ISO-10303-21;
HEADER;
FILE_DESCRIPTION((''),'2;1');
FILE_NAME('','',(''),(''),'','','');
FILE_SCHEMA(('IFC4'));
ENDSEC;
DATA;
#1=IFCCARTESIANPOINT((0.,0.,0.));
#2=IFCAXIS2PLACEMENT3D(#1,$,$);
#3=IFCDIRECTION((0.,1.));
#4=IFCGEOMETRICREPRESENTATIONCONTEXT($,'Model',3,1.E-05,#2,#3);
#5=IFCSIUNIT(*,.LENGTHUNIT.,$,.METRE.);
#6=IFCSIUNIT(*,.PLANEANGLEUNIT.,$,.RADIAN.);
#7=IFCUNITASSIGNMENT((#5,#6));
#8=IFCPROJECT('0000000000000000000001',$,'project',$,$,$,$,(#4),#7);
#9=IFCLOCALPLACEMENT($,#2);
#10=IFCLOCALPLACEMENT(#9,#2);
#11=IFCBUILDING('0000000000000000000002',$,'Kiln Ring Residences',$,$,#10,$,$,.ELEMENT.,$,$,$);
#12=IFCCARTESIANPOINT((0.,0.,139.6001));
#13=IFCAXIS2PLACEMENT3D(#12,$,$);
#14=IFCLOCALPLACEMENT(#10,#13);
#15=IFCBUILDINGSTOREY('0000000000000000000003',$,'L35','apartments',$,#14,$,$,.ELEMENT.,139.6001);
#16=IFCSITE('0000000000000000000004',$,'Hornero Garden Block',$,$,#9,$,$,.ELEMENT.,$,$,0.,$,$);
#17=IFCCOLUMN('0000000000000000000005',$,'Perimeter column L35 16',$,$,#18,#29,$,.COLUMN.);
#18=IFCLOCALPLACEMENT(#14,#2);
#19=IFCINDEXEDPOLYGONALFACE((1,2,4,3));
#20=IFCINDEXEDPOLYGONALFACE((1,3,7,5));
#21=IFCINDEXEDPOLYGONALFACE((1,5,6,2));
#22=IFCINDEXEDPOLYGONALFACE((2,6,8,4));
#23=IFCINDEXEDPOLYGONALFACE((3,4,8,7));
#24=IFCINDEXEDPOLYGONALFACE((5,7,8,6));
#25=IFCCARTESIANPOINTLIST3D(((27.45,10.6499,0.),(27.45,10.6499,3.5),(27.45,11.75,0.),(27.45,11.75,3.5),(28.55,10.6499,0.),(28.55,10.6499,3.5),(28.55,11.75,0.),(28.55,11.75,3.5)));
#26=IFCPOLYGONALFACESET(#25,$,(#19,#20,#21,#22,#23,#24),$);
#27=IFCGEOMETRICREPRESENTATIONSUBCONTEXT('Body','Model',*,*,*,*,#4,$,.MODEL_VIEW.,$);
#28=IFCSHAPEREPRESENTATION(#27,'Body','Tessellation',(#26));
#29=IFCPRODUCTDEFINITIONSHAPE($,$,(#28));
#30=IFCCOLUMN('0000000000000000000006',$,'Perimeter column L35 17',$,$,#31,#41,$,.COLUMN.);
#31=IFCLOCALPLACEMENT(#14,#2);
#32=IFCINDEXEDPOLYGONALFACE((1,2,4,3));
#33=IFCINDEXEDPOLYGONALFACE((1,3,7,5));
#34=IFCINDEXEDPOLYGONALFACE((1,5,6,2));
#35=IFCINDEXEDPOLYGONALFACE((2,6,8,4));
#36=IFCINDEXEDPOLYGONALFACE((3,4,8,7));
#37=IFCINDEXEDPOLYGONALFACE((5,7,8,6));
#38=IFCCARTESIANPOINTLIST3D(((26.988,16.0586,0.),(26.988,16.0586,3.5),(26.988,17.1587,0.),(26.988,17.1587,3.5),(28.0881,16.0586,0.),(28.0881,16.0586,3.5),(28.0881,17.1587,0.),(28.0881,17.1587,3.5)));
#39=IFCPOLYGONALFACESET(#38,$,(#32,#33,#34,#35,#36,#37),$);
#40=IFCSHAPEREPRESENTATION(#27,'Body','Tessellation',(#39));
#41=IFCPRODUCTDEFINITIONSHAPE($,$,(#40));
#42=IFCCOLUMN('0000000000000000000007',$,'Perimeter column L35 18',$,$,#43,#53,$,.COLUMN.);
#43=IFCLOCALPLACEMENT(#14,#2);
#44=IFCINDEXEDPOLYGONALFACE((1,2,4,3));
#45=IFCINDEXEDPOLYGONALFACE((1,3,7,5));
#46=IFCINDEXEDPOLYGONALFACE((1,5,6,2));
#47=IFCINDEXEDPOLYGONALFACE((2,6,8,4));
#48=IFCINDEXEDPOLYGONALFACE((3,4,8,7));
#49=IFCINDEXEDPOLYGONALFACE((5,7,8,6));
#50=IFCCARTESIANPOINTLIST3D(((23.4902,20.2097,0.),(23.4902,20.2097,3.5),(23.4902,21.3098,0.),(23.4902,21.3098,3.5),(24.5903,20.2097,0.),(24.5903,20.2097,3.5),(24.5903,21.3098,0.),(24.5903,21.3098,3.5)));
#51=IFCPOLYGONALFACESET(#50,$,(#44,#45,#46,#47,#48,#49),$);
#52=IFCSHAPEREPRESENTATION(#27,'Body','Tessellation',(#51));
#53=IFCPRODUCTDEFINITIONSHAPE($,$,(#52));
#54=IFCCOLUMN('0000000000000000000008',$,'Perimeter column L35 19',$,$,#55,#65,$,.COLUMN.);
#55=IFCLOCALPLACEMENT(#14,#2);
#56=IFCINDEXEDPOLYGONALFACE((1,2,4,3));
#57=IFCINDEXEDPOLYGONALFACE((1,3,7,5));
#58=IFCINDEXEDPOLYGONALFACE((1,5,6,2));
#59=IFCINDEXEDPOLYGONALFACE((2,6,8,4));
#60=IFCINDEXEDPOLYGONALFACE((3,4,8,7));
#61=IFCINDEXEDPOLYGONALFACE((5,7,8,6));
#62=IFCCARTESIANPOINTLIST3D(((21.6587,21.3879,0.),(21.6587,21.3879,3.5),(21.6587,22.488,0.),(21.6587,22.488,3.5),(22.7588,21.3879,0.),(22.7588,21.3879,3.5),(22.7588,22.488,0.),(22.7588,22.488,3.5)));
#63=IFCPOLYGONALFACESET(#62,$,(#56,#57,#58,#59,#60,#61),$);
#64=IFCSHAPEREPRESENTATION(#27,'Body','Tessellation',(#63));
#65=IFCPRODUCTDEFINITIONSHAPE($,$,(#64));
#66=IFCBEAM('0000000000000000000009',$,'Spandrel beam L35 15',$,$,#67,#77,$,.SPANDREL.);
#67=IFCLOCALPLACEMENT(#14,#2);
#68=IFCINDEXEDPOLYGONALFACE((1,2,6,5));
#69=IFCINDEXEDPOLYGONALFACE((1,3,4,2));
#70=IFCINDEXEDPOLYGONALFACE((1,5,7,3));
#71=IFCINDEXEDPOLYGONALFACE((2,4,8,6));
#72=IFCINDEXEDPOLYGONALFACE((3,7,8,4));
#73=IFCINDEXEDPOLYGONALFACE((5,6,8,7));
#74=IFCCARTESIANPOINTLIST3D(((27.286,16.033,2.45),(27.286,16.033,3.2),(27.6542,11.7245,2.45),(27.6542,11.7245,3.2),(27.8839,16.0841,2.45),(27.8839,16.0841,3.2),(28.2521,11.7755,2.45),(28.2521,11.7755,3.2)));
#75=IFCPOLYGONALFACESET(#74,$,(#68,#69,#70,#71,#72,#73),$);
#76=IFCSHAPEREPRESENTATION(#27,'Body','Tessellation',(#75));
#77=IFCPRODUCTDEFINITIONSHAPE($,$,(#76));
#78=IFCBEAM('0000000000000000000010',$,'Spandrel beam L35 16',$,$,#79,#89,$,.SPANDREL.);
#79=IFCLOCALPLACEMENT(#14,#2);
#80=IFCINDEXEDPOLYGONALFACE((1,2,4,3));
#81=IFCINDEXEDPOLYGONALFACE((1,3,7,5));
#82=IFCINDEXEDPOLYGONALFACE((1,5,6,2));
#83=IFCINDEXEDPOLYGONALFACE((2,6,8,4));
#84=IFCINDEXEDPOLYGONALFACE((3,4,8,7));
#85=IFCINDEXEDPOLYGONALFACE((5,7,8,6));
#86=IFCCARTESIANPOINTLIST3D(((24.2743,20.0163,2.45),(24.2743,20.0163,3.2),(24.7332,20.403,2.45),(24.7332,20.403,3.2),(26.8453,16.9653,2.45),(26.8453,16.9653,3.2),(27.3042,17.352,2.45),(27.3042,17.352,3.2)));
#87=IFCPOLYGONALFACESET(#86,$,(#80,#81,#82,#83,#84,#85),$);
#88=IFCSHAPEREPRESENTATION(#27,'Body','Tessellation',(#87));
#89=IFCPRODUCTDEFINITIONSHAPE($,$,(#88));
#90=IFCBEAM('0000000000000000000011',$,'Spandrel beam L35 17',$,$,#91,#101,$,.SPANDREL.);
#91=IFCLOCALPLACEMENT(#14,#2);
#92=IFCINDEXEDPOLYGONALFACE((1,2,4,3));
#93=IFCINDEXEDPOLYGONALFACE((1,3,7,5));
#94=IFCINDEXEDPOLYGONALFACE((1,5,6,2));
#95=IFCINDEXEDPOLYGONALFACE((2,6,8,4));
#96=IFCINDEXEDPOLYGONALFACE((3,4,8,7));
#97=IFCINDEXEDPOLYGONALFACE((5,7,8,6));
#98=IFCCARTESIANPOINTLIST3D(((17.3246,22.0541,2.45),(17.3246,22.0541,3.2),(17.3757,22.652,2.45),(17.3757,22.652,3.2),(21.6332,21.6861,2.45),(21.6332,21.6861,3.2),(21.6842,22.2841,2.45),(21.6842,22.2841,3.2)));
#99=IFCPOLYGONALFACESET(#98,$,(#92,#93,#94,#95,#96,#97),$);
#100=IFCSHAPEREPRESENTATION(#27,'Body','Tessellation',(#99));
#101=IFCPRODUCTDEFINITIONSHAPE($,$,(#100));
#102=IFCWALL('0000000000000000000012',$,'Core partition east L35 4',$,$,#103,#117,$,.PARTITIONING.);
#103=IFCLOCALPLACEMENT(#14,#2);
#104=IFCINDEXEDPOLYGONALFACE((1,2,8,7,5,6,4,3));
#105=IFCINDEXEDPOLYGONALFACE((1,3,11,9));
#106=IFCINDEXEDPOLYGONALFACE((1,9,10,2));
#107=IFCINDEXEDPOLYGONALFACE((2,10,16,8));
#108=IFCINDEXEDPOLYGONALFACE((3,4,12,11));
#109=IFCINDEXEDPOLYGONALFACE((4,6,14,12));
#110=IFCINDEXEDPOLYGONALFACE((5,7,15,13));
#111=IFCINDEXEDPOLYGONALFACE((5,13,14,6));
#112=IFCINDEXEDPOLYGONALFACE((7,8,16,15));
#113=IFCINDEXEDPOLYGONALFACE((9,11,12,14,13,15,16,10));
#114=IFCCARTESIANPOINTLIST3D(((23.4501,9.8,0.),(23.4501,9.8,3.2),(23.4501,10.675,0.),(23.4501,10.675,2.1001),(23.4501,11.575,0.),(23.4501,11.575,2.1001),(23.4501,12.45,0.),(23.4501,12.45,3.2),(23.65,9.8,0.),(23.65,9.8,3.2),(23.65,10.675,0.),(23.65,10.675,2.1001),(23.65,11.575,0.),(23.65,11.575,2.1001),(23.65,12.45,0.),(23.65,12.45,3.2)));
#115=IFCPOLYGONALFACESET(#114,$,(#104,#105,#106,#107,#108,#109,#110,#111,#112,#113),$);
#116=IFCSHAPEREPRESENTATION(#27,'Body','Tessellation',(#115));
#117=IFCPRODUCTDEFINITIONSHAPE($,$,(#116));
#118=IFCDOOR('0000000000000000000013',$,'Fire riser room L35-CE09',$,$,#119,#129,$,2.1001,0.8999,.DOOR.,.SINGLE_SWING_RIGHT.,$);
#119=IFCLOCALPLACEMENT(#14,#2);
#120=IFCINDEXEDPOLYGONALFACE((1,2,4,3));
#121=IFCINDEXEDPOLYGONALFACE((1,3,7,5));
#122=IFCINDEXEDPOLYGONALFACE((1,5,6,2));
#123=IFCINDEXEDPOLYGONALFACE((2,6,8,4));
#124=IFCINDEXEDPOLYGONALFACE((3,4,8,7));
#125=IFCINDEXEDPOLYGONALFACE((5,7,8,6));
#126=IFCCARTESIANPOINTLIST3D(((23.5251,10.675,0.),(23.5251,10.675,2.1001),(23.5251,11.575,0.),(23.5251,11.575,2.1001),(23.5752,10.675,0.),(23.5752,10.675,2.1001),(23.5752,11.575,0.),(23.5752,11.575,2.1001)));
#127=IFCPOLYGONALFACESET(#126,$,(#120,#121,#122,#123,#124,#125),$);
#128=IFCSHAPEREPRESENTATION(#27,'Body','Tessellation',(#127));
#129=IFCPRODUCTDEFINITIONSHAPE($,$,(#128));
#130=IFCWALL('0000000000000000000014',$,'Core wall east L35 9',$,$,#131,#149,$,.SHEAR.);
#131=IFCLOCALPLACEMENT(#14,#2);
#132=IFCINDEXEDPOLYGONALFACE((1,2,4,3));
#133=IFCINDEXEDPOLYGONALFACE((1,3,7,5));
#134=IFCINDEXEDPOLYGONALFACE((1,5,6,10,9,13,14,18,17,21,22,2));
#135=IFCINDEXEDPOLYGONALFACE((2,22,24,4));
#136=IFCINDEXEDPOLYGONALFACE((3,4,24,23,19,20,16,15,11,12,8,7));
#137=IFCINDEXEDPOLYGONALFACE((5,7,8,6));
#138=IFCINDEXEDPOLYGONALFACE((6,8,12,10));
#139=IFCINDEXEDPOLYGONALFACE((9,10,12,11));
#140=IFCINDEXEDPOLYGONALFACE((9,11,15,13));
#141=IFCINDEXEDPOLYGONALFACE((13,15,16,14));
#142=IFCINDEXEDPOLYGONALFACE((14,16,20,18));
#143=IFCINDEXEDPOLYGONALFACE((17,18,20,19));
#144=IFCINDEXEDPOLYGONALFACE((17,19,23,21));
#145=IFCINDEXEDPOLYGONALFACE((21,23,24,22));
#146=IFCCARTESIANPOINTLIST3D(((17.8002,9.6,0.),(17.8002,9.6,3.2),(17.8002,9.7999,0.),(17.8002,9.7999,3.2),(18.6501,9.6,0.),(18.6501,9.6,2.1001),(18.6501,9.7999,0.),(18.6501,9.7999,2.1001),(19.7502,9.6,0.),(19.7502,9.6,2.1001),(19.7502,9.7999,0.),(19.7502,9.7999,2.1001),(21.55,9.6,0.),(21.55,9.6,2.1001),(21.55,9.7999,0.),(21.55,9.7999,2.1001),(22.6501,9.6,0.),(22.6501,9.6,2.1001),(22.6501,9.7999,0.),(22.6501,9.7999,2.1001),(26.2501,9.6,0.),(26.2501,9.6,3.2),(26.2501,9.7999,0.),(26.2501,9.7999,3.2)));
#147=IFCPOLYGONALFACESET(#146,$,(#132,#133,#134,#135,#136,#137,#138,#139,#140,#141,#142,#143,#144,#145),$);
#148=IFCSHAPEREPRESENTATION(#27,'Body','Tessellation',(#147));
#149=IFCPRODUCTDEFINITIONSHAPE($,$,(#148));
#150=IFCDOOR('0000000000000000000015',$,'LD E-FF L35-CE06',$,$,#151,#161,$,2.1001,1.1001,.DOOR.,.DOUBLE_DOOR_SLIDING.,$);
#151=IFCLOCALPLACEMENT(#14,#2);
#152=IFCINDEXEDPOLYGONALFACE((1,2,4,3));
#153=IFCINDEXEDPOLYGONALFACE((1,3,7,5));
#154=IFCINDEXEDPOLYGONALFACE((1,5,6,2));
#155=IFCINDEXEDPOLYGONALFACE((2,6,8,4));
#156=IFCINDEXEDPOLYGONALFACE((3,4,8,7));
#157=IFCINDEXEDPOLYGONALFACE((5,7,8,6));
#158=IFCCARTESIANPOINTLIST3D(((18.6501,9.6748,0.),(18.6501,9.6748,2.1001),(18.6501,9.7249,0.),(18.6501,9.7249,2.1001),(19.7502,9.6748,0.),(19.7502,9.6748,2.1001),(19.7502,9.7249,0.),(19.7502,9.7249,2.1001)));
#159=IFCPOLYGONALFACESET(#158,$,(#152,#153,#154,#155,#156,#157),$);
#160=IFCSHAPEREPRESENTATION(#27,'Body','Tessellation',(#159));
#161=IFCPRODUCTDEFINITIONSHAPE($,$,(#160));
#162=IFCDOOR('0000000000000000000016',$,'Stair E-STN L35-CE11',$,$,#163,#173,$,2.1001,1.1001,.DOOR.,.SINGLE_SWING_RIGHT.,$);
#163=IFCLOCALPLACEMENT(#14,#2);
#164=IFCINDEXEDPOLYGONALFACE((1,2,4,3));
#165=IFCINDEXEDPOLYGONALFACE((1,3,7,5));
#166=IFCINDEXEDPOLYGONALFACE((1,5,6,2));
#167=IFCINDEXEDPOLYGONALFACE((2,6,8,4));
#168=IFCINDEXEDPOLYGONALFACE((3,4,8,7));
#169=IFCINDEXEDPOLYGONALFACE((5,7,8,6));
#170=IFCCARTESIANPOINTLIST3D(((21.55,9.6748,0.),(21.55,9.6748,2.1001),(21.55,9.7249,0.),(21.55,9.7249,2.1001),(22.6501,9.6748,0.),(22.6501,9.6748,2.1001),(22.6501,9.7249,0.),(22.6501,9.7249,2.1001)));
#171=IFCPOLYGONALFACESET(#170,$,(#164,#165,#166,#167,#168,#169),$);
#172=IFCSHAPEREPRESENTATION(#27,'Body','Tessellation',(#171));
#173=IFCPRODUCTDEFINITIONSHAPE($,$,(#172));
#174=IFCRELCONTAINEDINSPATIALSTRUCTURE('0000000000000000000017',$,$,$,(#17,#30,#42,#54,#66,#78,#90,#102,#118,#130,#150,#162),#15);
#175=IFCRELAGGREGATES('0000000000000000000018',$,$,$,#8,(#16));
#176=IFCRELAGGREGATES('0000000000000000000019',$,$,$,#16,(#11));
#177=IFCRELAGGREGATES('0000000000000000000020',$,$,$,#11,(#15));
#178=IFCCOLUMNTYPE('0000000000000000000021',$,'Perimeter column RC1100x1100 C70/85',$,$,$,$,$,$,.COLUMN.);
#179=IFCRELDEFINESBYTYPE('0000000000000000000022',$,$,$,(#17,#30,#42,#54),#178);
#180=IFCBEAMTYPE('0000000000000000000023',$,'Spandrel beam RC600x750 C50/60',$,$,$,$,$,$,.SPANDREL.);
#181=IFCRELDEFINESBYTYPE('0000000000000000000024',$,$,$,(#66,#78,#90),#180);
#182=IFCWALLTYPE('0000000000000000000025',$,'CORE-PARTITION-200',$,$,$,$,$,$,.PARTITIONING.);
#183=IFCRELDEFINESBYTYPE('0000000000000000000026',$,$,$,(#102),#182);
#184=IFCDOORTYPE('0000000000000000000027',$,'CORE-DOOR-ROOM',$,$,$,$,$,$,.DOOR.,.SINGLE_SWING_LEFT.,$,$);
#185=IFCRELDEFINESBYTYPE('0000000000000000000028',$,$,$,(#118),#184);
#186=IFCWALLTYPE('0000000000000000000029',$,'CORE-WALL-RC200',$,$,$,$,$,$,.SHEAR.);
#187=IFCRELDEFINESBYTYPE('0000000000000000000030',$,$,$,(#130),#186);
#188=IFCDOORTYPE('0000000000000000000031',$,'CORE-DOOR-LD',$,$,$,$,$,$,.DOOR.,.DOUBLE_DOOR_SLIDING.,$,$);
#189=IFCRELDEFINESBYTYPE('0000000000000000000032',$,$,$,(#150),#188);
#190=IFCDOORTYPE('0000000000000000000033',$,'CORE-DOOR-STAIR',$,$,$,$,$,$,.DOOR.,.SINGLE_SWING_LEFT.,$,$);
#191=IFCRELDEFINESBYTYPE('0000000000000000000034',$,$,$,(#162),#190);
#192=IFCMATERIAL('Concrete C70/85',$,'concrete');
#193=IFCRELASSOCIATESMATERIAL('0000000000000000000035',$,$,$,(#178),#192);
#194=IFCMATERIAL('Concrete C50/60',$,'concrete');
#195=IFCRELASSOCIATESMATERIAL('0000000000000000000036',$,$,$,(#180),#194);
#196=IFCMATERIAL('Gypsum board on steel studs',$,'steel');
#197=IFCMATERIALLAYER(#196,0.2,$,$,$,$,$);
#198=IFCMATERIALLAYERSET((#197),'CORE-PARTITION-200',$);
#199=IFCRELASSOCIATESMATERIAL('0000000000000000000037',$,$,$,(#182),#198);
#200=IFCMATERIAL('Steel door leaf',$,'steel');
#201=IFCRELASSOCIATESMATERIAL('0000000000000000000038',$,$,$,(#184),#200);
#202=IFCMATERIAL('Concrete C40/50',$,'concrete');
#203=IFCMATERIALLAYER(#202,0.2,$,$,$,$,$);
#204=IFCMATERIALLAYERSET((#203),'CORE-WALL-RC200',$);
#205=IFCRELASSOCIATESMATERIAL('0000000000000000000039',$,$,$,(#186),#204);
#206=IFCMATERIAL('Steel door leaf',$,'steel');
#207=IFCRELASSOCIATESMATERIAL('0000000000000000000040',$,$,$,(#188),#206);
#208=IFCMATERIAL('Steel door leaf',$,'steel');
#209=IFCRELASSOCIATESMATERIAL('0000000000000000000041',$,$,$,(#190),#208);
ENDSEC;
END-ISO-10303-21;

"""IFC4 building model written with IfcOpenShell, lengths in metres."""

from ifc_helpers import new_model, si_unit, direction, frame, frame_2d, origin, origin_2d, place, context, subcontext, project, spatial, rectangle, extrude, material, layer, layer_set, material_profile, profile_set, type_object, element, fill, save


model = new_model("IFC4")

# Units and contexts
model_context = context("Model", 3, precision=1e-05, world=origin(), true_north=direction((0.0, 1.0)))
body_context = subcontext(model_context, "Body", "Model", "MODEL_VIEW")
ifc_project = project(units=[si_unit("LENGTHUNIT", "METRE"), si_unit("PLANEANGLEUNIT", "RADIAN")], contexts=[model_context])

# Site, building, storey
site_placement = place(None, origin())
site = spatial("IfcSite", under=ifc_project, at=site_placement, Name="Hornero Garden Block", CompositionType="ELEMENT", RefElevation=0.0)
building_placement = place(site_placement, origin())
building = spatial("IfcBuilding", under=site, at=building_placement, Name="Kiln Ring Residences", CompositionType="ELEMENT")
storey_placement = place(building_placement, frame((0.0, 0.0, 139.6001)))
storey = spatial("IfcBuildingStorey", under=building, at=storey_placement, Name="L35", Description="apartments", CompositionType="ELEMENT", Elevation=139.6001)

# Columns
ifc_material_1 = material(Name="Concrete C70/85", Category="concrete")
ifc_material_profile_1 = material_profile(ifc_material_1, rectangle(XDim=1.1001, YDim=1.1001, at=origin_2d()), Name="RC1100x1100")
ifc_profile_set_1 = profile_set([ifc_material_profile_1], Name="Concrete C70/85")
column_type = type_object("IfcColumnType", Name="Perimeter column RC1100x1100 C70/85", PredefinedType="COLUMN", material=ifc_profile_set_1)
for number, where, z_axis, x_axis, name in (
    (1, (28.0, 11.2, 0.0), (0.0, 0.0, 1.0), (1.0, 0.0, 0.0), "Perimeter column L35 16"),
    (2, (27.5381, 16.6086, 0.0), (0.0, 0.0, 1.0), (1.0, 0.0, 0.0), "Perimeter column L35 17"),
    (3, (24.0403, 20.7598, 0.0), (0.0, 0.0, 1.0), (1.0, 0.0, 0.0), "Perimeter column L35 18"),
    (4, (22.2087, 21.938, 0.0), (0.0, 0.0, 1.0), (1.0, 0.0, 0.0), "Perimeter column L35 19"),
):
    element("IfcColumn", number, at=place(storey_placement, frame(where, z_axis=z_axis, x_axis=x_axis)), inside=storey, type_object=column_type, Name=name, PredefinedType="COLUMN", context=body_context, shape_type="SweptSolid", body=[
        extrude(rectangle(XDim=1.1001, YDim=1.1001, at=origin_2d()), origin(), (0.0, 0.0, 1.0), 3.5),
    ])

# Beams
ifc_material_2 = material(Name="Concrete C50/60", Category="concrete")
ifc_material_profile_2 = material_profile(ifc_material_2, rectangle(XDim=0.6001, YDim=0.75, at=origin_2d()), Name="RC600x750")
ifc_profile_set_2 = profile_set([ifc_material_profile_2], Name="Concrete C50/60")
beam_type = type_object("IfcBeamType", Name="Spandrel beam RC600x750 C50/60", PredefinedType="SPANDREL", material=ifc_profile_set_2)
beam_1_placement = place(storey_placement, frame((27.9531, 11.75, 2.825), z_axis=(-0.085139, 0.996369, 0.0), x_axis=(-0.996369, -0.085139, 0.0)))
element("IfcBeam", 5, at=beam_1_placement, inside=storey, type_object=beam_type, Name="Spandrel beam L35 15", PredefinedType="SPANDREL", context=body_context, shape_type="SweptSolid", body=[
    extrude(rectangle(XDim=0.6001, YDim=0.75, at=origin_2d()), origin(), (0.0, 0.0, 1.0), 4.3242),
])
beam_2_placement = place(storey_placement, frame((27.0747, 17.1587, 2.825), z_axis=(-0.644394, 0.764694, 0.0), x_axis=(-0.764694, -0.644394, 0.0)))
element("IfcBeam", 6, at=beam_2_placement, inside=storey, type_object=beam_type, Name="Spandrel beam L35 16", PredefinedType="SPANDREL", context=body_context, shape_type="SweptSolid", body=[
    extrude(rectangle(XDim=0.6001, YDim=0.75, at=origin_2d()), origin(), (0.0, 0.0, 1.0), 3.9897),
])
beam_3_placement = place(storey_placement, frame((21.6587, 21.9851, 2.825), z_axis=(-0.996374, 0.085082, 0.0), x_axis=(-0.085082, -0.996374, 0.0)))
element("IfcBeam", 7, at=beam_3_placement, inside=storey, type_object=beam_type, Name="Spandrel beam L35 17", PredefinedType="SPANDREL", context=body_context, shape_type="SweptSolid", body=[
    extrude(rectangle(XDim=0.6001, YDim=0.75, at=origin_2d()), origin(), (0.0, 0.0, 1.0), 4.3242),
])

# Wall, opening, door
ifc_material_3 = material(Name="Gypsum board on steel studs", Category="steel")
ifc_layer_1 = layer(ifc_material_3, 0.2)
ifc_layer_set_1 = layer_set([ifc_layer_1], Name="CORE-PARTITION-200")
wall_type_1 = type_object("IfcWallType", Name="CORE-PARTITION-200", PredefinedType="PARTITIONING", material=ifc_layer_set_1)
wall_1_placement = place(storey_placement, frame((23.55, 9.8, 0.0), z_axis=(0.0, 0.0, 1.0), x_axis=(0.0, 1.0, 0.0)))
wall_1 = element("IfcWall", 8, at=wall_1_placement, inside=storey, type_object=wall_type_1, Name="Core partition east L35 4", PredefinedType="PARTITIONING", context=body_context, shape_type="SweptSolid", body=[
    extrude(rectangle(XDim=2.6499, YDim=0.2, at=frame_2d((1.325, 0.0))), origin(), (0.0, 0.0, 1.0), 3.2),
])
opening_1_placement = place(wall_1_placement, frame((0.875, 0.0, 0.0)))
opening_1 = element("IfcOpeningElement", 9, at=opening_1_placement, cuts=wall_1, PredefinedType="OPENING", context=body_context, shape_type="SweptSolid", body=[
    extrude(rectangle(XDim=0.8999, YDim=2.1001, at=frame_2d((0.45, 1.05))), frame((0.0, 0.1099, 0.0), z_axis=(0.0, -1.0, 0.0), x_axis=(1.0, 0.0, 0.0)), (0.0, 0.0, 1.0), 0.22),
])
ifc_material_4 = material(Name="Steel door leaf", Category="steel")
door_type_1 = type_object("IfcDoorType", Name="CORE-DOOR-ROOM", OperationType="SINGLE_SWING_LEFT", PredefinedType="DOOR", material=ifc_material_4)
door_1_placement = place(opening_1_placement, origin())
door_1 = element("IfcDoor", 10, at=door_1_placement, inside=storey, type_object=door_type_1, Name="Fire riser room L35-CE09", OperationType="SINGLE_SWING_RIGHT", OverallHeight=2.1001, OverallWidth=0.8999, PredefinedType="DOOR", context=body_context, shape_type="SweptSolid", body=[
    extrude(rectangle(XDim=0.8999, YDim=2.1001, at=frame_2d((0.45, 1.05))), frame((0.0, 0.0249, 0.0), z_axis=(0.0, -1.0, 0.0), x_axis=(1.0, 0.0, 0.0)), (0.0, 0.0, 1.0), 0.05),
])
fill(opening_1, door_1)

# Wall, openings, doors
ifc_material_5 = material(Name="Concrete C40/50", Category="concrete")
ifc_layer_2 = layer(ifc_material_5, 0.2)
ifc_layer_set_2 = layer_set([ifc_layer_2], Name="CORE-WALL-RC200")
wall_type_2 = type_object("IfcWallType", Name="CORE-WALL-RC200", PredefinedType="SHEAR", material=ifc_layer_set_2)
wall_2_placement = place(storey_placement, frame((17.8, 9.7, 0.0), z_axis=(0.0, 0.0, 1.0), x_axis=(1.0, 0.0, 0.0)))
wall_2 = element("IfcWall", 11, at=wall_2_placement, inside=storey, type_object=wall_type_2, Name="Core wall east L35 9", PredefinedType="SHEAR", context=body_context, shape_type="SweptSolid", body=[
    extrude(rectangle(XDim=8.45, YDim=0.2, at=frame_2d((4.2251, 0.0))), origin(), (0.0, 0.0, 1.0), 3.2),
])
opening_2_placement = place(wall_2_placement, frame((0.8501, 0.0, 0.0)))
opening_2 = element("IfcOpeningElement", 12, at=opening_2_placement, cuts=wall_2, PredefinedType="OPENING", context=body_context, shape_type="SweptSolid", body=[
    extrude(rectangle(XDim=1.1001, YDim=2.1001, at=frame_2d((0.55, 1.05))), frame((0.0, 0.1099, 0.0), z_axis=(0.0, -1.0, 0.0), x_axis=(1.0, 0.0, 0.0)), (0.0, 0.0, 1.0), 0.22),
])
opening_3_placement = place(wall_2_placement, frame((3.75, 0.0, 0.0)))
opening_3 = element("IfcOpeningElement", 13, at=opening_3_placement, cuts=wall_2, PredefinedType="OPENING", context=body_context, shape_type="SweptSolid", body=[
    extrude(rectangle(XDim=1.1001, YDim=2.1001, at=frame_2d((0.55, 1.05))), frame((0.0, 0.1099, 0.0), z_axis=(0.0, -1.0, 0.0), x_axis=(1.0, 0.0, 0.0)), (0.0, 0.0, 1.0), 0.22),
])
ifc_material_6 = material(Name="Steel door leaf", Category="steel")
door_type_2 = type_object("IfcDoorType", Name="CORE-DOOR-LD", OperationType="DOUBLE_DOOR_SLIDING", PredefinedType="DOOR", material=ifc_material_6)
door_2_placement = place(opening_2_placement, origin())
door_2 = element("IfcDoor", 14, at=door_2_placement, inside=storey, type_object=door_type_2, Name="LD E-FF L35-CE06", OperationType="DOUBLE_DOOR_SLIDING", OverallHeight=2.1001, OverallWidth=1.1001, PredefinedType="DOOR", context=body_context, shape_type="SweptSolid", body=[
    extrude(rectangle(XDim=1.1001, YDim=2.1001, at=frame_2d((0.55, 1.05))), frame((0.0, 0.0249, 0.0), z_axis=(0.0, -1.0, 0.0), x_axis=(1.0, 0.0, 0.0)), (0.0, 0.0, 1.0), 0.05),
])
fill(opening_2, door_2)
ifc_material_7 = material(Name="Steel door leaf", Category="steel")
door_type_3 = type_object("IfcDoorType", Name="CORE-DOOR-STAIR", OperationType="SINGLE_SWING_LEFT", PredefinedType="DOOR", material=ifc_material_7)
door_3_placement = place(opening_3_placement, origin())
door_3 = element("IfcDoor", 15, at=door_3_placement, inside=storey, type_object=door_type_3, Name="Stair E-STN L35-CE11", OperationType="SINGLE_SWING_RIGHT", OverallHeight=2.1001, OverallWidth=1.1001, PredefinedType="DOOR", context=body_context, shape_type="SweptSolid", body=[
    extrude(rectangle(XDim=1.1001, YDim=2.1001, at=frame_2d((0.55, 1.05))), frame((0.0, 0.0249, 0.0), z_axis=(0.0, -1.0, 0.0), x_axis=(1.0, 0.0, 0.0)), (0.0, 0.0, 1.0), 0.05),
])
fill(opening_3, door_3)

save(model, "model.ifc")
